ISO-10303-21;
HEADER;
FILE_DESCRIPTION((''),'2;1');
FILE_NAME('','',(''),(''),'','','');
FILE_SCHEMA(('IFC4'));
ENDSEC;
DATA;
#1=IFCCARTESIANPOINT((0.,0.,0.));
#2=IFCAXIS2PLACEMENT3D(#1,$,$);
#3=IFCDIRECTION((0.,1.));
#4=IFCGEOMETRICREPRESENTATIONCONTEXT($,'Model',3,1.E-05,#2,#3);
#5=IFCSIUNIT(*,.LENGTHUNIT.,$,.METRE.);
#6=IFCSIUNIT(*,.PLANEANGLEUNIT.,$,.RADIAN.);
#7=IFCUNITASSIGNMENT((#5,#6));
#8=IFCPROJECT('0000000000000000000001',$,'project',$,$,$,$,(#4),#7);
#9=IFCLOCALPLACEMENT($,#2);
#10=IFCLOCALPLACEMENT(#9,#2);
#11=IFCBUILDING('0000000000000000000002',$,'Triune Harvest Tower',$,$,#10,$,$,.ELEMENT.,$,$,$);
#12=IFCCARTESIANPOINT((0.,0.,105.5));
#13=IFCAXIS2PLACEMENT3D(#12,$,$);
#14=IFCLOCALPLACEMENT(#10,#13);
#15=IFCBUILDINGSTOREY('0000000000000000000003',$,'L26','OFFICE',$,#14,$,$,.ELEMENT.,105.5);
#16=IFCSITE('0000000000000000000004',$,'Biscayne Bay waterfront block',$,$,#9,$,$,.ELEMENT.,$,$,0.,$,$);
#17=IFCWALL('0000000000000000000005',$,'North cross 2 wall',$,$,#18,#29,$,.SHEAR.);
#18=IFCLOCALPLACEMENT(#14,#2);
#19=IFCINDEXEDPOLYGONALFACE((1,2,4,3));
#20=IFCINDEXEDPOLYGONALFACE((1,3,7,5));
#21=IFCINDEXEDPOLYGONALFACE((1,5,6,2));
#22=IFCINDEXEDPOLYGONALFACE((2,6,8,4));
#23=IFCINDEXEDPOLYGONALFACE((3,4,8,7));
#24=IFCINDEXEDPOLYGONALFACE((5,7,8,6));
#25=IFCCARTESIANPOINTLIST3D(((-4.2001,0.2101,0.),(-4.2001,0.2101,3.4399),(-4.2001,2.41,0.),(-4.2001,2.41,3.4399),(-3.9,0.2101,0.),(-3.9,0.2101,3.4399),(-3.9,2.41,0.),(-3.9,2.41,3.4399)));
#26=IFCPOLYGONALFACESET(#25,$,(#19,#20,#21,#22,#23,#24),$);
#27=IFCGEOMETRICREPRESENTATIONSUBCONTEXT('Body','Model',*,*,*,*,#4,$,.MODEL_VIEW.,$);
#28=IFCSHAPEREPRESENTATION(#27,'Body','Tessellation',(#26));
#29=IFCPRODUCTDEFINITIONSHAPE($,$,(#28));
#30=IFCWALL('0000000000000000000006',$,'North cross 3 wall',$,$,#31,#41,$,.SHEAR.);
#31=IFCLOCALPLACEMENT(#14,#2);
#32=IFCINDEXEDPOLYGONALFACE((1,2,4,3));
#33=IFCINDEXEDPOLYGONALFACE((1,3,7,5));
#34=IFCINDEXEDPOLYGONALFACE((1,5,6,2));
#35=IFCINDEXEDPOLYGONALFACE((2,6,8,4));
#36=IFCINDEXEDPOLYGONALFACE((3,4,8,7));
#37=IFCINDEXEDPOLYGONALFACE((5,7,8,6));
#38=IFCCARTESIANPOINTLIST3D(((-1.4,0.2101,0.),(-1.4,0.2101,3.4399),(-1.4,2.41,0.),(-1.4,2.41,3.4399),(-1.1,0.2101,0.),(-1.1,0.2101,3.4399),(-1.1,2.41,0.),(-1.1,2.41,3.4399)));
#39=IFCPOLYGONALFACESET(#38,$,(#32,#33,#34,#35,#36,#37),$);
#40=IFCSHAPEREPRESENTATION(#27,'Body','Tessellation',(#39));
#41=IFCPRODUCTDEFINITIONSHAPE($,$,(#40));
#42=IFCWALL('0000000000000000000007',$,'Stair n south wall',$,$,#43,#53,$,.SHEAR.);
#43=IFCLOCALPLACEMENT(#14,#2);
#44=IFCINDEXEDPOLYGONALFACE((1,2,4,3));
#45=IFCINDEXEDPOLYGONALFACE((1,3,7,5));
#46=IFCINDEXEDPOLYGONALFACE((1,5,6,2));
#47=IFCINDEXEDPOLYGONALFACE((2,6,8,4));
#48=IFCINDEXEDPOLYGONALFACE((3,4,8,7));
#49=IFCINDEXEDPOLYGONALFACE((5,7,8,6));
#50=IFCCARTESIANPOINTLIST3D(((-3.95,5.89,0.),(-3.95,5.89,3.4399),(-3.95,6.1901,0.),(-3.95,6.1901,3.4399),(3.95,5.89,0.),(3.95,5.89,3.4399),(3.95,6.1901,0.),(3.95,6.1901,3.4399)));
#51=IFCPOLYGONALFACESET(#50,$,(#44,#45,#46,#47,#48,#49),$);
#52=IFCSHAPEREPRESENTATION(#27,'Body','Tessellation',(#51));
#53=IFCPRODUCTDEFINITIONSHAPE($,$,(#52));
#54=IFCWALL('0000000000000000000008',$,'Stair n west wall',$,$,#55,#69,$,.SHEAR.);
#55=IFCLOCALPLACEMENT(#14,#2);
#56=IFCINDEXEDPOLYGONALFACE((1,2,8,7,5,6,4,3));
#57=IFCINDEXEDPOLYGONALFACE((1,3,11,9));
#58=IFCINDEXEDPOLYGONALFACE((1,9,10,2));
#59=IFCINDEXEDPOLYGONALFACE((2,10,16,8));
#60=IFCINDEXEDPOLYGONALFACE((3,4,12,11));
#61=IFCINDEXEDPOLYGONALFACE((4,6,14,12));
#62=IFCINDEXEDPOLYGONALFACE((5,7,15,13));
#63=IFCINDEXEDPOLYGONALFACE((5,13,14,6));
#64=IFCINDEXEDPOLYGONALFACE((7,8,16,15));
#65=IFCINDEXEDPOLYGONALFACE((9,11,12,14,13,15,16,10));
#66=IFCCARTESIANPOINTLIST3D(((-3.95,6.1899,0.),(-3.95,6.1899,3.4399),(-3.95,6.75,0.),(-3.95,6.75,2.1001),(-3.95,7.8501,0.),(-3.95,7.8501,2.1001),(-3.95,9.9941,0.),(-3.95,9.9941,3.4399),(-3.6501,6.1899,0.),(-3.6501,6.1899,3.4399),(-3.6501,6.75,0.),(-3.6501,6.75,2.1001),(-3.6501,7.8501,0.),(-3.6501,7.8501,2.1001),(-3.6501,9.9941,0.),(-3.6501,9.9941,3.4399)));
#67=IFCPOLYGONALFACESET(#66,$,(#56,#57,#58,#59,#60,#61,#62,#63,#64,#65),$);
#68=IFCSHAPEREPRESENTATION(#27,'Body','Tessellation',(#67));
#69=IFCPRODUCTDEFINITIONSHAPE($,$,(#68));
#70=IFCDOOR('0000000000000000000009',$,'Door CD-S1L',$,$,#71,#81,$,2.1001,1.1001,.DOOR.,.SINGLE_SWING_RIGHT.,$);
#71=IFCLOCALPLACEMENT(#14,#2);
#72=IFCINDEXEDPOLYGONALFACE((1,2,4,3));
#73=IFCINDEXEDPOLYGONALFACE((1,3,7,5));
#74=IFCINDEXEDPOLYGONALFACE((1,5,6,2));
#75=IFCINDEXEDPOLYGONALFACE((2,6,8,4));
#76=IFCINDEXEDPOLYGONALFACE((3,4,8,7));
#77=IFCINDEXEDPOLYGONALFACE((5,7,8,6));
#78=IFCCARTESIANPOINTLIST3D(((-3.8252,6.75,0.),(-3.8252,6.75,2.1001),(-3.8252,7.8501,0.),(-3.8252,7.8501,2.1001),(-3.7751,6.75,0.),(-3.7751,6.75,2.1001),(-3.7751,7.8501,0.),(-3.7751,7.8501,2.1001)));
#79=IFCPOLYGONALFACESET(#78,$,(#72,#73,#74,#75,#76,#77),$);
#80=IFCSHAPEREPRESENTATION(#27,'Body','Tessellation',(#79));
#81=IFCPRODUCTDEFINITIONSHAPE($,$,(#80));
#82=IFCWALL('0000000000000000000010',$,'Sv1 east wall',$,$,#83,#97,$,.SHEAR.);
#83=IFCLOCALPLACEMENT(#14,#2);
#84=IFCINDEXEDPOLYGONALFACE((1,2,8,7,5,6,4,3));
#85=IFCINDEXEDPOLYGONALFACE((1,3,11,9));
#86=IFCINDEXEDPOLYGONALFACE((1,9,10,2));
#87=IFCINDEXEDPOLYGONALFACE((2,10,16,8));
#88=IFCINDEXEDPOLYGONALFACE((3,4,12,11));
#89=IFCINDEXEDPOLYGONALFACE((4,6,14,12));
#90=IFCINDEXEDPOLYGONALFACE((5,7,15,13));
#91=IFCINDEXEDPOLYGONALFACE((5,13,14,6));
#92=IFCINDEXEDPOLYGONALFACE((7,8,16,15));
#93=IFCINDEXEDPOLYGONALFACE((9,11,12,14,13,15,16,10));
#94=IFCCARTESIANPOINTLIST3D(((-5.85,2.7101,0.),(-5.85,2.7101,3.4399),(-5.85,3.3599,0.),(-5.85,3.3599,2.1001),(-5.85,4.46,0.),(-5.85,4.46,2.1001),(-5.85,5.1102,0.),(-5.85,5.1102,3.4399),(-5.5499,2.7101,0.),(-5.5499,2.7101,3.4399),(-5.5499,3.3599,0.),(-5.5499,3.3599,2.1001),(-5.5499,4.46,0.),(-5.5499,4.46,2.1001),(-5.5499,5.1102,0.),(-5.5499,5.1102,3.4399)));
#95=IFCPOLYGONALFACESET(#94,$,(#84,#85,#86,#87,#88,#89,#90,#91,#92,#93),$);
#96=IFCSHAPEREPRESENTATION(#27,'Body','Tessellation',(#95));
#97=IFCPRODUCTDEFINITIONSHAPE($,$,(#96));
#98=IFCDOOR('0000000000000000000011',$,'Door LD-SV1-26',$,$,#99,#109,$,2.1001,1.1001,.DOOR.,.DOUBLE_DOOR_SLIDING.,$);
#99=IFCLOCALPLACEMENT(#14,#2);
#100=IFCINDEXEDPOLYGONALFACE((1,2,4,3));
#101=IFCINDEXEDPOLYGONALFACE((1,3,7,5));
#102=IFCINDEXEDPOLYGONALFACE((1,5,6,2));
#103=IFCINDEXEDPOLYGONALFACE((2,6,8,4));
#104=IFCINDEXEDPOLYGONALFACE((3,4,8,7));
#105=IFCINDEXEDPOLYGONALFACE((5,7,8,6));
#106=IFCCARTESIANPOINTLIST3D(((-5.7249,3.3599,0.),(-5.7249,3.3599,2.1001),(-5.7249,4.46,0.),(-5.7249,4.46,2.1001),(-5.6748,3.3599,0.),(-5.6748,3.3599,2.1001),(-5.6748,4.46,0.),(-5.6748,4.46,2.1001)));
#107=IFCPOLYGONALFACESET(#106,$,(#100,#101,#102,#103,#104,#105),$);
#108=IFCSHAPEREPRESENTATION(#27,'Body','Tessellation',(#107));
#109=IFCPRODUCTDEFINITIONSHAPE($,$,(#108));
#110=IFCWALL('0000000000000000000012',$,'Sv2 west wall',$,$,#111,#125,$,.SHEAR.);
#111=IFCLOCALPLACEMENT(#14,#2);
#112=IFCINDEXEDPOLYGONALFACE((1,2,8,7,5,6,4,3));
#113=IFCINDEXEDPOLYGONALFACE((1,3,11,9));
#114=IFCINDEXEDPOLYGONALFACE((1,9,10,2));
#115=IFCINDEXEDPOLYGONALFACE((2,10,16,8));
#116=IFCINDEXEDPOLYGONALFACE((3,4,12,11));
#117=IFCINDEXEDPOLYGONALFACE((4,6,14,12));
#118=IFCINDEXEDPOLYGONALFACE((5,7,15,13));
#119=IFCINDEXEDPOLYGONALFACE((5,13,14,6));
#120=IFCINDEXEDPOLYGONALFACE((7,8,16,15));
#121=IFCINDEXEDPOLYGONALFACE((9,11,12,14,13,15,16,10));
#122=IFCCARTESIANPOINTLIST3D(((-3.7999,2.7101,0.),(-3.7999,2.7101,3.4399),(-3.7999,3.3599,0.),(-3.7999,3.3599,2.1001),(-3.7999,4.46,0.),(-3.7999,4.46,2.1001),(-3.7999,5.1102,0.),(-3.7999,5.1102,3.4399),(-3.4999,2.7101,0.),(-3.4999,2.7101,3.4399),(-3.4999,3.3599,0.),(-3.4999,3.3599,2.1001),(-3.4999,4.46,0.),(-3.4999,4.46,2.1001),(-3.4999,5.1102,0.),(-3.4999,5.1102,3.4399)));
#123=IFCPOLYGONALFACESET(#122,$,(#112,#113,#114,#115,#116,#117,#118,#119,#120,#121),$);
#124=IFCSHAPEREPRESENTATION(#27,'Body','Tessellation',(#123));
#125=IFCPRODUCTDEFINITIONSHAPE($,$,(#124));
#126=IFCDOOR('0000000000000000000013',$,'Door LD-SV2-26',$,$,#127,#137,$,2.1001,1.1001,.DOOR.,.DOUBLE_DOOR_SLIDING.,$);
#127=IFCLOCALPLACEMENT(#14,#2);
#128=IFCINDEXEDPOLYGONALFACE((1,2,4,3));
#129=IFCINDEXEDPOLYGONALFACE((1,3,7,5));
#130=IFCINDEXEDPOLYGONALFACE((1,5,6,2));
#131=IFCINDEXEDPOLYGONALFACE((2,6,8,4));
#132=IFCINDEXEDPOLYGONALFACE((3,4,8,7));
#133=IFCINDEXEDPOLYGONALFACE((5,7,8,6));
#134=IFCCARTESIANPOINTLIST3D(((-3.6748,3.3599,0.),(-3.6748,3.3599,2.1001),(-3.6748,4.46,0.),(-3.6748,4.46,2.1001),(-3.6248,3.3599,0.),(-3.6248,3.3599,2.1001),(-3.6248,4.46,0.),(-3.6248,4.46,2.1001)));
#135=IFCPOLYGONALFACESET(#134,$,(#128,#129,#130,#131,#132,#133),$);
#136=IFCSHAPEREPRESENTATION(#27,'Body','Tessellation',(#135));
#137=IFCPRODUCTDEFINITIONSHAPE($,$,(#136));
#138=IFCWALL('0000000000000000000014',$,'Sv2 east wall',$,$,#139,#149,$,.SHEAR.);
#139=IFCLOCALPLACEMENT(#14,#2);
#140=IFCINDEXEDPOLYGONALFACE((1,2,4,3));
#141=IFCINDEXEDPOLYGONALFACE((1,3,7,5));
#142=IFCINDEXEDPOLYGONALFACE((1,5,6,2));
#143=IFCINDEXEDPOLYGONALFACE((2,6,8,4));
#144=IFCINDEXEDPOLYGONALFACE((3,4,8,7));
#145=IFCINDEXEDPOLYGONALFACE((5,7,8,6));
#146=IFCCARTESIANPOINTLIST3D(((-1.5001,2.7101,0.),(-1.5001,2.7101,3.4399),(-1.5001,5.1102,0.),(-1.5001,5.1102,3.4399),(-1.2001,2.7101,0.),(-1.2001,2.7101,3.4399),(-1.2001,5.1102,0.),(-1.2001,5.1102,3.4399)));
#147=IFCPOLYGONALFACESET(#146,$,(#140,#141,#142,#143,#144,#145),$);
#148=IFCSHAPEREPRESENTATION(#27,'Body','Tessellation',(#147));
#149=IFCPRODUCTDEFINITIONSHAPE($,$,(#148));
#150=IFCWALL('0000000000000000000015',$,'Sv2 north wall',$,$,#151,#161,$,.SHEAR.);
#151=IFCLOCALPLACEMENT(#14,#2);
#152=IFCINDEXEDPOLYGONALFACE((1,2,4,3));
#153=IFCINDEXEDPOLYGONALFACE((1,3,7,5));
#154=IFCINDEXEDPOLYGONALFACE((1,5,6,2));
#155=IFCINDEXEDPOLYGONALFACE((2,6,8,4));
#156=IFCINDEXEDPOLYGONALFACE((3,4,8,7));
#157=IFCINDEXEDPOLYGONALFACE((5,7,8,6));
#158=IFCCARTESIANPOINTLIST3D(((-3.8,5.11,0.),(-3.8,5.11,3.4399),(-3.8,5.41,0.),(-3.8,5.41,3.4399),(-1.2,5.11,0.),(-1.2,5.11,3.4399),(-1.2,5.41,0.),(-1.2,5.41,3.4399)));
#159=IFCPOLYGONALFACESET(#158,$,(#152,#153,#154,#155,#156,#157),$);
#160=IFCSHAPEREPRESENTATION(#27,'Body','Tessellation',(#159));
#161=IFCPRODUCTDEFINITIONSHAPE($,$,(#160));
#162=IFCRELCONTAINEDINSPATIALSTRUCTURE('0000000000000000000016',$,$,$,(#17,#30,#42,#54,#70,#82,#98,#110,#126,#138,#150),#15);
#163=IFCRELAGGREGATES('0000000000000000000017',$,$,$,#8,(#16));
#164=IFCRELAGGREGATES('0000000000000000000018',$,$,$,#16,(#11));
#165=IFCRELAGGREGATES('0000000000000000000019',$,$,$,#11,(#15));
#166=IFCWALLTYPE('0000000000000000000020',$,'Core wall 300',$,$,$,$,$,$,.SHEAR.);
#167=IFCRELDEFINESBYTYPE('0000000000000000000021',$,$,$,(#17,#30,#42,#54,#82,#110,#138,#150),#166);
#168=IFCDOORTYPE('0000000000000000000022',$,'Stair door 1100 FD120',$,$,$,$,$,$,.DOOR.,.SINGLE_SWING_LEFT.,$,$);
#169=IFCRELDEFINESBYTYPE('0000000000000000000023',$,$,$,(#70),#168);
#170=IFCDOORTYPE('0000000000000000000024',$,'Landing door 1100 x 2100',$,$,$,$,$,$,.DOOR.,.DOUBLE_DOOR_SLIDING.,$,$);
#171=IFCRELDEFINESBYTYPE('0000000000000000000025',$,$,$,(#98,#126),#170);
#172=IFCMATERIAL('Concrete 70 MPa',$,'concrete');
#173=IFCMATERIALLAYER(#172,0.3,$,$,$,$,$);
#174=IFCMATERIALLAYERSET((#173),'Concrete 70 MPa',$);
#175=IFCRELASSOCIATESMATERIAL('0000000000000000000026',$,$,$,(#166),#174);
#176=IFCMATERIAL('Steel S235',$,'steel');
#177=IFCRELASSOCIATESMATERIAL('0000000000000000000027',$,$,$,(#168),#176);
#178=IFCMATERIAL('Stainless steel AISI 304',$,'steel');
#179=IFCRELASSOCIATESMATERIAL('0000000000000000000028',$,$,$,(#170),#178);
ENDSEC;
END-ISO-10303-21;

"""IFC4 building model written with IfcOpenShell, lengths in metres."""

from ifc_helpers import new_model, si_unit, direction, frame, frame_2d, origin, place, context, subcontext, project, spatial, polyline, rectangle, outline, extrude, source, transform, mapped, material, layer, layer_set, type_object, element, fill, save


model = new_model("IFC4")

# Units and contexts
model_context = context("Model", 3, precision=1e-05, world=origin(), true_north=direction((0.0, 1.0)))
body_context = subcontext(model_context, "Body", "Model", "MODEL_VIEW")
ifc_project = project(units=[si_unit("LENGTHUNIT", "METRE"), si_unit("PLANEANGLEUNIT", "RADIAN")], contexts=[model_context])

# Site, building, storey
site_placement = place(None, origin())
site = spatial("IfcSite", under=ifc_project, at=site_placement, Name="Biscayne Bay waterfront block", CompositionType="ELEMENT", RefElevation=0.0)
building_placement = place(site_placement, origin())
building = spatial("IfcBuilding", under=site, at=building_placement, Name="Triune Harvest Tower", CompositionType="ELEMENT")
storey_placement = place(building_placement, frame((0.0, 0.0, 105.5)))
storey = spatial("IfcBuildingStorey", under=building, at=storey_placement, Name="L26", Description="OFFICE", CompositionType="ELEMENT", Elevation=105.5)

# Walls
ifc_material_1 = material(Name="Concrete 70 MPa", Category="concrete")
ifc_layer = layer(ifc_material_1, 0.3)
ifc_layer_set = layer_set([ifc_layer], Name="Concrete 70 MPa")
wall_type = type_object("IfcWallType", Name="Core wall 300", PredefinedType="SHEAR", material=ifc_layer_set)
shared_shape_1 = source(origin(), body_context, "Body", "SweptSolid", [
    extrude(rectangle(XDim=2.2, YDim=0.3, at=frame_2d((1.1001, 0.0))), origin(), (0.0, 0.0, 1.0), 3.4399),
])
for number, where, z_axis, x_axis, name in (
    (1, (-4.05, 0.21, 0.0), (0.0, 0.0, 1.0), (0.0, 1.0, 0.0), "North cross 2 wall"),
    (2, (-1.25, 0.21, 0.0), (0.0, 0.0, 1.0), (0.0, 1.0, 0.0), "North cross 3 wall"),
):
    element("IfcWall", number, at=place(storey_placement, frame(where, z_axis=z_axis, x_axis=x_axis)), inside=storey, type_object=wall_type, Name=name, PredefinedType="SHEAR", context=body_context, shape_type="MappedRepresentation", body=[
        mapped(shared_shape_1, transform((0.0, 0.0, 0.0), scale=1.0)),
    ])
shared_shape_2 = source(origin(), body_context, "Body", "SweptSolid", [
    extrude(rectangle(XDim=7.8999, YDim=0.3, at=frame_2d((3.95, 0.0))), origin(), (0.0, 0.0, 1.0), 3.4399),
])
wall_1_placement = place(storey_placement, frame((-3.95, 6.04, 0.0), z_axis=(0.0, 0.0, 1.0), x_axis=(1.0, 0.0, 0.0)))
element("IfcWall", 3, at=wall_1_placement, inside=storey, type_object=wall_type, Name="Stair n south wall", PredefinedType="SHEAR", context=body_context, shape_type="MappedRepresentation", body=[
    mapped(shared_shape_2, transform((0.0, 0.0, 0.0), scale=1.0)),
])

# Walls, openings, doors
shared_shape_3 = source(origin(), body_context, "Body", "SweptSolid", [
    extrude(outline(polyline([(0.0, -0.1499), (0.0, 0.1499), (3.8042, 0.1499), (3.8042, -0.1499), (0.0, -0.1499)])), origin(), (0.0, 0.0, 1.0), 3.4399),
])
wall_2_placement = place(storey_placement, frame((-3.8, 6.1899, 0.0), z_axis=(0.0, 0.0, 1.0), x_axis=(0.0, 1.0, 0.0)))
wall_2 = element("IfcWall", 4, at=wall_2_placement, inside=storey, type_object=wall_type, Name="Stair n west wall", PredefinedType="SHEAR", context=body_context, shape_type="MappedRepresentation", body=[
    mapped(shared_shape_3, transform((0.0, 0.0, 0.0), scale=1.0)),
])
opening_1_placement = place(wall_2_placement, frame((0.5601, 0.0, 0.0)))
opening_1 = element("IfcOpeningElement", 5, at=opening_1_placement, cuts=wall_2, PredefinedType="OPENING", context=body_context, shape_type="SweptSolid", body=[
    extrude(rectangle(XDim=1.1001, YDim=2.1001, at=frame_2d((0.55, 1.05))), frame((0.0, 0.1602, 0.0), z_axis=(0.0, -1.0, 0.0), x_axis=(1.0, 0.0, 0.0)), (0.0, 0.0, 1.0), 0.3201),
])
ifc_material_2 = material(Name="Steel S235", Category="steel")
door_type_1 = type_object("IfcDoorType", Name="Stair door 1100 FD120", OperationType="SINGLE_SWING_LEFT", PredefinedType="DOOR", material=ifc_material_2)
door_1_placement = place(opening_1_placement, frame((1.1001, 0.0, 0.0), z_axis=(0.0, 0.0, 1.0), x_axis=(-1.0, 0.0, 0.0)))
door_1 = element("IfcDoor", 6, at=door_1_placement, inside=storey, type_object=door_type_1, Name="Door CD-S1L", OperationType="SINGLE_SWING_RIGHT", OverallHeight=2.1001, OverallWidth=1.1001, PredefinedType="DOOR", context=body_context, shape_type="SweptSolid", body=[
    extrude(rectangle(XDim=1.1001, YDim=2.1001, at=frame_2d((0.55, 1.05))), frame((0.0, 0.0249, 0.0), z_axis=(0.0, -1.0, 0.0), x_axis=(1.0, 0.0, 0.0)), (0.0, 0.0, 1.0), 0.05),
])
fill(opening_1, door_1)
shared_shape_4 = source(origin(), body_context, "Body", "SweptSolid", [
    extrude(rectangle(XDim=2.4001, YDim=0.3, at=frame_2d((1.2002, 0.0))), origin(), (0.0, 0.0, 1.0), 3.4399),
])
wall_3_placement = place(storey_placement, frame((-5.7, 2.71, 0.0), z_axis=(0.0, 0.0, 1.0), x_axis=(0.0, 1.0, 0.0)))
wall_3 = element("IfcWall", 7, at=wall_3_placement, inside=storey, type_object=wall_type, Name="Sv1 east wall", PredefinedType="SHEAR", context=body_context, shape_type="MappedRepresentation", body=[
    mapped(shared_shape_4, transform((0.0, 0.0, 0.0), scale=1.0)),
])
opening_2_placement = place(wall_3_placement, frame((0.6499, 0.0, 0.0)))
opening_2 = element("IfcOpeningElement", 8, at=opening_2_placement, cuts=wall_3, PredefinedType="OPENING", context=body_context, shape_type="SweptSolid", body=[
    extrude(rectangle(XDim=1.1001, YDim=2.1001, at=frame_2d((0.55, 1.05))), frame((0.0, 0.1602, 0.0), z_axis=(0.0, -1.0, 0.0), x_axis=(1.0, 0.0, 0.0)), (0.0, 0.0, 1.0), 0.3201),
])
ifc_material_3 = material(Name="Stainless steel AISI 304", Category="steel")
door_type_2 = type_object("IfcDoorType", Name="Landing door 1100 x 2100", OperationType="DOUBLE_DOOR_SLIDING", PredefinedType="DOOR", material=ifc_material_3)
door_2_placement = place(opening_2_placement, origin())
door_2 = element("IfcDoor", 9, at=door_2_placement, inside=storey, type_object=door_type_2, Name="Door LD-SV1-26", OperationType="DOUBLE_DOOR_SLIDING", OverallHeight=2.1001, OverallWidth=1.1001, PredefinedType="DOOR", context=body_context, shape_type="SweptSolid", body=[
    extrude(rectangle(XDim=1.1001, YDim=2.1001, at=frame_2d((0.55, 1.05))), frame((0.0, 0.0249, 0.0), z_axis=(0.0, -1.0, 0.0), x_axis=(1.0, 0.0, 0.0)), (0.0, 0.0, 1.0), 0.05),
])
fill(opening_2, door_2)
wall_4_placement = place(storey_placement, frame((-3.6499, 2.71, 0.0), z_axis=(0.0, 0.0, 1.0), x_axis=(0.0, 1.0, 0.0)))
wall_4 = element("IfcWall", 10, at=wall_4_placement, inside=storey, type_object=wall_type, Name="Sv2 west wall", PredefinedType="SHEAR", context=body_context, shape_type="MappedRepresentation", body=[
    mapped(shared_shape_4, transform((0.0, 0.0, 0.0), scale=1.0)),
])
opening_3_placement = place(wall_4_placement, frame((0.6499, 0.0, 0.0)))
opening_3 = element("IfcOpeningElement", 11, at=opening_3_placement, cuts=wall_4, PredefinedType="OPENING", context=body_context, shape_type="SweptSolid", body=[
    extrude(rectangle(XDim=1.1001, YDim=2.1001, at=frame_2d((0.55, 1.05))), frame((0.0, 0.1602, 0.0), z_axis=(0.0, -1.0, 0.0), x_axis=(1.0, 0.0, 0.0)), (0.0, 0.0, 1.0), 0.3201),
])
door_3_placement = place(opening_3_placement, origin())
door_3 = element("IfcDoor", 12, at=door_3_placement, inside=storey, type_object=door_type_2, Name="Door LD-SV2-26", OperationType="DOUBLE_DOOR_SLIDING", OverallHeight=2.1001, OverallWidth=1.1001, PredefinedType="DOOR", context=body_context, shape_type="SweptSolid", body=[
    extrude(rectangle(XDim=1.1001, YDim=2.1001, at=frame_2d((0.55, 1.05))), frame((0.0, 0.0249, 0.0), z_axis=(0.0, -1.0, 0.0), x_axis=(1.0, 0.0, 0.0)), (0.0, 0.0, 1.0), 0.05),
])
fill(opening_3, door_3)

# Walls
wall_5_placement = place(storey_placement, frame((-1.3501, 2.71, 0.0), z_axis=(0.0, 0.0, 1.0), x_axis=(0.0, 1.0, 0.0)))
element("IfcWall", 13, at=wall_5_placement, inside=storey, type_object=wall_type, Name="Sv2 east wall", PredefinedType="SHEAR", context=body_context, shape_type="MappedRepresentation", body=[
    mapped(shared_shape_4, transform((0.0, 0.0, 0.0), scale=1.0)),
])
shared_shape_5 = source(origin(), body_context, "Body", "SweptSolid", [
    extrude(rectangle(XDim=2.6001, YDim=0.3, at=frame_2d((1.3, 0.0))), origin(), (0.0, 0.0, 1.0), 3.4399),
])
wall_6_placement = place(storey_placement, frame((-3.8, 5.26, 0.0), z_axis=(0.0, 0.0, 1.0), x_axis=(1.0, 0.0, 0.0)))
element("IfcWall", 14, at=wall_6_placement, inside=storey, type_object=wall_type, Name="Sv2 north wall", PredefinedType="SHEAR", context=body_context, shape_type="MappedRepresentation", body=[
    mapped(shared_shape_5, transform((0.0, 0.0, 0.0), scale=1.0)),
])

save(model, "model.ifc")
